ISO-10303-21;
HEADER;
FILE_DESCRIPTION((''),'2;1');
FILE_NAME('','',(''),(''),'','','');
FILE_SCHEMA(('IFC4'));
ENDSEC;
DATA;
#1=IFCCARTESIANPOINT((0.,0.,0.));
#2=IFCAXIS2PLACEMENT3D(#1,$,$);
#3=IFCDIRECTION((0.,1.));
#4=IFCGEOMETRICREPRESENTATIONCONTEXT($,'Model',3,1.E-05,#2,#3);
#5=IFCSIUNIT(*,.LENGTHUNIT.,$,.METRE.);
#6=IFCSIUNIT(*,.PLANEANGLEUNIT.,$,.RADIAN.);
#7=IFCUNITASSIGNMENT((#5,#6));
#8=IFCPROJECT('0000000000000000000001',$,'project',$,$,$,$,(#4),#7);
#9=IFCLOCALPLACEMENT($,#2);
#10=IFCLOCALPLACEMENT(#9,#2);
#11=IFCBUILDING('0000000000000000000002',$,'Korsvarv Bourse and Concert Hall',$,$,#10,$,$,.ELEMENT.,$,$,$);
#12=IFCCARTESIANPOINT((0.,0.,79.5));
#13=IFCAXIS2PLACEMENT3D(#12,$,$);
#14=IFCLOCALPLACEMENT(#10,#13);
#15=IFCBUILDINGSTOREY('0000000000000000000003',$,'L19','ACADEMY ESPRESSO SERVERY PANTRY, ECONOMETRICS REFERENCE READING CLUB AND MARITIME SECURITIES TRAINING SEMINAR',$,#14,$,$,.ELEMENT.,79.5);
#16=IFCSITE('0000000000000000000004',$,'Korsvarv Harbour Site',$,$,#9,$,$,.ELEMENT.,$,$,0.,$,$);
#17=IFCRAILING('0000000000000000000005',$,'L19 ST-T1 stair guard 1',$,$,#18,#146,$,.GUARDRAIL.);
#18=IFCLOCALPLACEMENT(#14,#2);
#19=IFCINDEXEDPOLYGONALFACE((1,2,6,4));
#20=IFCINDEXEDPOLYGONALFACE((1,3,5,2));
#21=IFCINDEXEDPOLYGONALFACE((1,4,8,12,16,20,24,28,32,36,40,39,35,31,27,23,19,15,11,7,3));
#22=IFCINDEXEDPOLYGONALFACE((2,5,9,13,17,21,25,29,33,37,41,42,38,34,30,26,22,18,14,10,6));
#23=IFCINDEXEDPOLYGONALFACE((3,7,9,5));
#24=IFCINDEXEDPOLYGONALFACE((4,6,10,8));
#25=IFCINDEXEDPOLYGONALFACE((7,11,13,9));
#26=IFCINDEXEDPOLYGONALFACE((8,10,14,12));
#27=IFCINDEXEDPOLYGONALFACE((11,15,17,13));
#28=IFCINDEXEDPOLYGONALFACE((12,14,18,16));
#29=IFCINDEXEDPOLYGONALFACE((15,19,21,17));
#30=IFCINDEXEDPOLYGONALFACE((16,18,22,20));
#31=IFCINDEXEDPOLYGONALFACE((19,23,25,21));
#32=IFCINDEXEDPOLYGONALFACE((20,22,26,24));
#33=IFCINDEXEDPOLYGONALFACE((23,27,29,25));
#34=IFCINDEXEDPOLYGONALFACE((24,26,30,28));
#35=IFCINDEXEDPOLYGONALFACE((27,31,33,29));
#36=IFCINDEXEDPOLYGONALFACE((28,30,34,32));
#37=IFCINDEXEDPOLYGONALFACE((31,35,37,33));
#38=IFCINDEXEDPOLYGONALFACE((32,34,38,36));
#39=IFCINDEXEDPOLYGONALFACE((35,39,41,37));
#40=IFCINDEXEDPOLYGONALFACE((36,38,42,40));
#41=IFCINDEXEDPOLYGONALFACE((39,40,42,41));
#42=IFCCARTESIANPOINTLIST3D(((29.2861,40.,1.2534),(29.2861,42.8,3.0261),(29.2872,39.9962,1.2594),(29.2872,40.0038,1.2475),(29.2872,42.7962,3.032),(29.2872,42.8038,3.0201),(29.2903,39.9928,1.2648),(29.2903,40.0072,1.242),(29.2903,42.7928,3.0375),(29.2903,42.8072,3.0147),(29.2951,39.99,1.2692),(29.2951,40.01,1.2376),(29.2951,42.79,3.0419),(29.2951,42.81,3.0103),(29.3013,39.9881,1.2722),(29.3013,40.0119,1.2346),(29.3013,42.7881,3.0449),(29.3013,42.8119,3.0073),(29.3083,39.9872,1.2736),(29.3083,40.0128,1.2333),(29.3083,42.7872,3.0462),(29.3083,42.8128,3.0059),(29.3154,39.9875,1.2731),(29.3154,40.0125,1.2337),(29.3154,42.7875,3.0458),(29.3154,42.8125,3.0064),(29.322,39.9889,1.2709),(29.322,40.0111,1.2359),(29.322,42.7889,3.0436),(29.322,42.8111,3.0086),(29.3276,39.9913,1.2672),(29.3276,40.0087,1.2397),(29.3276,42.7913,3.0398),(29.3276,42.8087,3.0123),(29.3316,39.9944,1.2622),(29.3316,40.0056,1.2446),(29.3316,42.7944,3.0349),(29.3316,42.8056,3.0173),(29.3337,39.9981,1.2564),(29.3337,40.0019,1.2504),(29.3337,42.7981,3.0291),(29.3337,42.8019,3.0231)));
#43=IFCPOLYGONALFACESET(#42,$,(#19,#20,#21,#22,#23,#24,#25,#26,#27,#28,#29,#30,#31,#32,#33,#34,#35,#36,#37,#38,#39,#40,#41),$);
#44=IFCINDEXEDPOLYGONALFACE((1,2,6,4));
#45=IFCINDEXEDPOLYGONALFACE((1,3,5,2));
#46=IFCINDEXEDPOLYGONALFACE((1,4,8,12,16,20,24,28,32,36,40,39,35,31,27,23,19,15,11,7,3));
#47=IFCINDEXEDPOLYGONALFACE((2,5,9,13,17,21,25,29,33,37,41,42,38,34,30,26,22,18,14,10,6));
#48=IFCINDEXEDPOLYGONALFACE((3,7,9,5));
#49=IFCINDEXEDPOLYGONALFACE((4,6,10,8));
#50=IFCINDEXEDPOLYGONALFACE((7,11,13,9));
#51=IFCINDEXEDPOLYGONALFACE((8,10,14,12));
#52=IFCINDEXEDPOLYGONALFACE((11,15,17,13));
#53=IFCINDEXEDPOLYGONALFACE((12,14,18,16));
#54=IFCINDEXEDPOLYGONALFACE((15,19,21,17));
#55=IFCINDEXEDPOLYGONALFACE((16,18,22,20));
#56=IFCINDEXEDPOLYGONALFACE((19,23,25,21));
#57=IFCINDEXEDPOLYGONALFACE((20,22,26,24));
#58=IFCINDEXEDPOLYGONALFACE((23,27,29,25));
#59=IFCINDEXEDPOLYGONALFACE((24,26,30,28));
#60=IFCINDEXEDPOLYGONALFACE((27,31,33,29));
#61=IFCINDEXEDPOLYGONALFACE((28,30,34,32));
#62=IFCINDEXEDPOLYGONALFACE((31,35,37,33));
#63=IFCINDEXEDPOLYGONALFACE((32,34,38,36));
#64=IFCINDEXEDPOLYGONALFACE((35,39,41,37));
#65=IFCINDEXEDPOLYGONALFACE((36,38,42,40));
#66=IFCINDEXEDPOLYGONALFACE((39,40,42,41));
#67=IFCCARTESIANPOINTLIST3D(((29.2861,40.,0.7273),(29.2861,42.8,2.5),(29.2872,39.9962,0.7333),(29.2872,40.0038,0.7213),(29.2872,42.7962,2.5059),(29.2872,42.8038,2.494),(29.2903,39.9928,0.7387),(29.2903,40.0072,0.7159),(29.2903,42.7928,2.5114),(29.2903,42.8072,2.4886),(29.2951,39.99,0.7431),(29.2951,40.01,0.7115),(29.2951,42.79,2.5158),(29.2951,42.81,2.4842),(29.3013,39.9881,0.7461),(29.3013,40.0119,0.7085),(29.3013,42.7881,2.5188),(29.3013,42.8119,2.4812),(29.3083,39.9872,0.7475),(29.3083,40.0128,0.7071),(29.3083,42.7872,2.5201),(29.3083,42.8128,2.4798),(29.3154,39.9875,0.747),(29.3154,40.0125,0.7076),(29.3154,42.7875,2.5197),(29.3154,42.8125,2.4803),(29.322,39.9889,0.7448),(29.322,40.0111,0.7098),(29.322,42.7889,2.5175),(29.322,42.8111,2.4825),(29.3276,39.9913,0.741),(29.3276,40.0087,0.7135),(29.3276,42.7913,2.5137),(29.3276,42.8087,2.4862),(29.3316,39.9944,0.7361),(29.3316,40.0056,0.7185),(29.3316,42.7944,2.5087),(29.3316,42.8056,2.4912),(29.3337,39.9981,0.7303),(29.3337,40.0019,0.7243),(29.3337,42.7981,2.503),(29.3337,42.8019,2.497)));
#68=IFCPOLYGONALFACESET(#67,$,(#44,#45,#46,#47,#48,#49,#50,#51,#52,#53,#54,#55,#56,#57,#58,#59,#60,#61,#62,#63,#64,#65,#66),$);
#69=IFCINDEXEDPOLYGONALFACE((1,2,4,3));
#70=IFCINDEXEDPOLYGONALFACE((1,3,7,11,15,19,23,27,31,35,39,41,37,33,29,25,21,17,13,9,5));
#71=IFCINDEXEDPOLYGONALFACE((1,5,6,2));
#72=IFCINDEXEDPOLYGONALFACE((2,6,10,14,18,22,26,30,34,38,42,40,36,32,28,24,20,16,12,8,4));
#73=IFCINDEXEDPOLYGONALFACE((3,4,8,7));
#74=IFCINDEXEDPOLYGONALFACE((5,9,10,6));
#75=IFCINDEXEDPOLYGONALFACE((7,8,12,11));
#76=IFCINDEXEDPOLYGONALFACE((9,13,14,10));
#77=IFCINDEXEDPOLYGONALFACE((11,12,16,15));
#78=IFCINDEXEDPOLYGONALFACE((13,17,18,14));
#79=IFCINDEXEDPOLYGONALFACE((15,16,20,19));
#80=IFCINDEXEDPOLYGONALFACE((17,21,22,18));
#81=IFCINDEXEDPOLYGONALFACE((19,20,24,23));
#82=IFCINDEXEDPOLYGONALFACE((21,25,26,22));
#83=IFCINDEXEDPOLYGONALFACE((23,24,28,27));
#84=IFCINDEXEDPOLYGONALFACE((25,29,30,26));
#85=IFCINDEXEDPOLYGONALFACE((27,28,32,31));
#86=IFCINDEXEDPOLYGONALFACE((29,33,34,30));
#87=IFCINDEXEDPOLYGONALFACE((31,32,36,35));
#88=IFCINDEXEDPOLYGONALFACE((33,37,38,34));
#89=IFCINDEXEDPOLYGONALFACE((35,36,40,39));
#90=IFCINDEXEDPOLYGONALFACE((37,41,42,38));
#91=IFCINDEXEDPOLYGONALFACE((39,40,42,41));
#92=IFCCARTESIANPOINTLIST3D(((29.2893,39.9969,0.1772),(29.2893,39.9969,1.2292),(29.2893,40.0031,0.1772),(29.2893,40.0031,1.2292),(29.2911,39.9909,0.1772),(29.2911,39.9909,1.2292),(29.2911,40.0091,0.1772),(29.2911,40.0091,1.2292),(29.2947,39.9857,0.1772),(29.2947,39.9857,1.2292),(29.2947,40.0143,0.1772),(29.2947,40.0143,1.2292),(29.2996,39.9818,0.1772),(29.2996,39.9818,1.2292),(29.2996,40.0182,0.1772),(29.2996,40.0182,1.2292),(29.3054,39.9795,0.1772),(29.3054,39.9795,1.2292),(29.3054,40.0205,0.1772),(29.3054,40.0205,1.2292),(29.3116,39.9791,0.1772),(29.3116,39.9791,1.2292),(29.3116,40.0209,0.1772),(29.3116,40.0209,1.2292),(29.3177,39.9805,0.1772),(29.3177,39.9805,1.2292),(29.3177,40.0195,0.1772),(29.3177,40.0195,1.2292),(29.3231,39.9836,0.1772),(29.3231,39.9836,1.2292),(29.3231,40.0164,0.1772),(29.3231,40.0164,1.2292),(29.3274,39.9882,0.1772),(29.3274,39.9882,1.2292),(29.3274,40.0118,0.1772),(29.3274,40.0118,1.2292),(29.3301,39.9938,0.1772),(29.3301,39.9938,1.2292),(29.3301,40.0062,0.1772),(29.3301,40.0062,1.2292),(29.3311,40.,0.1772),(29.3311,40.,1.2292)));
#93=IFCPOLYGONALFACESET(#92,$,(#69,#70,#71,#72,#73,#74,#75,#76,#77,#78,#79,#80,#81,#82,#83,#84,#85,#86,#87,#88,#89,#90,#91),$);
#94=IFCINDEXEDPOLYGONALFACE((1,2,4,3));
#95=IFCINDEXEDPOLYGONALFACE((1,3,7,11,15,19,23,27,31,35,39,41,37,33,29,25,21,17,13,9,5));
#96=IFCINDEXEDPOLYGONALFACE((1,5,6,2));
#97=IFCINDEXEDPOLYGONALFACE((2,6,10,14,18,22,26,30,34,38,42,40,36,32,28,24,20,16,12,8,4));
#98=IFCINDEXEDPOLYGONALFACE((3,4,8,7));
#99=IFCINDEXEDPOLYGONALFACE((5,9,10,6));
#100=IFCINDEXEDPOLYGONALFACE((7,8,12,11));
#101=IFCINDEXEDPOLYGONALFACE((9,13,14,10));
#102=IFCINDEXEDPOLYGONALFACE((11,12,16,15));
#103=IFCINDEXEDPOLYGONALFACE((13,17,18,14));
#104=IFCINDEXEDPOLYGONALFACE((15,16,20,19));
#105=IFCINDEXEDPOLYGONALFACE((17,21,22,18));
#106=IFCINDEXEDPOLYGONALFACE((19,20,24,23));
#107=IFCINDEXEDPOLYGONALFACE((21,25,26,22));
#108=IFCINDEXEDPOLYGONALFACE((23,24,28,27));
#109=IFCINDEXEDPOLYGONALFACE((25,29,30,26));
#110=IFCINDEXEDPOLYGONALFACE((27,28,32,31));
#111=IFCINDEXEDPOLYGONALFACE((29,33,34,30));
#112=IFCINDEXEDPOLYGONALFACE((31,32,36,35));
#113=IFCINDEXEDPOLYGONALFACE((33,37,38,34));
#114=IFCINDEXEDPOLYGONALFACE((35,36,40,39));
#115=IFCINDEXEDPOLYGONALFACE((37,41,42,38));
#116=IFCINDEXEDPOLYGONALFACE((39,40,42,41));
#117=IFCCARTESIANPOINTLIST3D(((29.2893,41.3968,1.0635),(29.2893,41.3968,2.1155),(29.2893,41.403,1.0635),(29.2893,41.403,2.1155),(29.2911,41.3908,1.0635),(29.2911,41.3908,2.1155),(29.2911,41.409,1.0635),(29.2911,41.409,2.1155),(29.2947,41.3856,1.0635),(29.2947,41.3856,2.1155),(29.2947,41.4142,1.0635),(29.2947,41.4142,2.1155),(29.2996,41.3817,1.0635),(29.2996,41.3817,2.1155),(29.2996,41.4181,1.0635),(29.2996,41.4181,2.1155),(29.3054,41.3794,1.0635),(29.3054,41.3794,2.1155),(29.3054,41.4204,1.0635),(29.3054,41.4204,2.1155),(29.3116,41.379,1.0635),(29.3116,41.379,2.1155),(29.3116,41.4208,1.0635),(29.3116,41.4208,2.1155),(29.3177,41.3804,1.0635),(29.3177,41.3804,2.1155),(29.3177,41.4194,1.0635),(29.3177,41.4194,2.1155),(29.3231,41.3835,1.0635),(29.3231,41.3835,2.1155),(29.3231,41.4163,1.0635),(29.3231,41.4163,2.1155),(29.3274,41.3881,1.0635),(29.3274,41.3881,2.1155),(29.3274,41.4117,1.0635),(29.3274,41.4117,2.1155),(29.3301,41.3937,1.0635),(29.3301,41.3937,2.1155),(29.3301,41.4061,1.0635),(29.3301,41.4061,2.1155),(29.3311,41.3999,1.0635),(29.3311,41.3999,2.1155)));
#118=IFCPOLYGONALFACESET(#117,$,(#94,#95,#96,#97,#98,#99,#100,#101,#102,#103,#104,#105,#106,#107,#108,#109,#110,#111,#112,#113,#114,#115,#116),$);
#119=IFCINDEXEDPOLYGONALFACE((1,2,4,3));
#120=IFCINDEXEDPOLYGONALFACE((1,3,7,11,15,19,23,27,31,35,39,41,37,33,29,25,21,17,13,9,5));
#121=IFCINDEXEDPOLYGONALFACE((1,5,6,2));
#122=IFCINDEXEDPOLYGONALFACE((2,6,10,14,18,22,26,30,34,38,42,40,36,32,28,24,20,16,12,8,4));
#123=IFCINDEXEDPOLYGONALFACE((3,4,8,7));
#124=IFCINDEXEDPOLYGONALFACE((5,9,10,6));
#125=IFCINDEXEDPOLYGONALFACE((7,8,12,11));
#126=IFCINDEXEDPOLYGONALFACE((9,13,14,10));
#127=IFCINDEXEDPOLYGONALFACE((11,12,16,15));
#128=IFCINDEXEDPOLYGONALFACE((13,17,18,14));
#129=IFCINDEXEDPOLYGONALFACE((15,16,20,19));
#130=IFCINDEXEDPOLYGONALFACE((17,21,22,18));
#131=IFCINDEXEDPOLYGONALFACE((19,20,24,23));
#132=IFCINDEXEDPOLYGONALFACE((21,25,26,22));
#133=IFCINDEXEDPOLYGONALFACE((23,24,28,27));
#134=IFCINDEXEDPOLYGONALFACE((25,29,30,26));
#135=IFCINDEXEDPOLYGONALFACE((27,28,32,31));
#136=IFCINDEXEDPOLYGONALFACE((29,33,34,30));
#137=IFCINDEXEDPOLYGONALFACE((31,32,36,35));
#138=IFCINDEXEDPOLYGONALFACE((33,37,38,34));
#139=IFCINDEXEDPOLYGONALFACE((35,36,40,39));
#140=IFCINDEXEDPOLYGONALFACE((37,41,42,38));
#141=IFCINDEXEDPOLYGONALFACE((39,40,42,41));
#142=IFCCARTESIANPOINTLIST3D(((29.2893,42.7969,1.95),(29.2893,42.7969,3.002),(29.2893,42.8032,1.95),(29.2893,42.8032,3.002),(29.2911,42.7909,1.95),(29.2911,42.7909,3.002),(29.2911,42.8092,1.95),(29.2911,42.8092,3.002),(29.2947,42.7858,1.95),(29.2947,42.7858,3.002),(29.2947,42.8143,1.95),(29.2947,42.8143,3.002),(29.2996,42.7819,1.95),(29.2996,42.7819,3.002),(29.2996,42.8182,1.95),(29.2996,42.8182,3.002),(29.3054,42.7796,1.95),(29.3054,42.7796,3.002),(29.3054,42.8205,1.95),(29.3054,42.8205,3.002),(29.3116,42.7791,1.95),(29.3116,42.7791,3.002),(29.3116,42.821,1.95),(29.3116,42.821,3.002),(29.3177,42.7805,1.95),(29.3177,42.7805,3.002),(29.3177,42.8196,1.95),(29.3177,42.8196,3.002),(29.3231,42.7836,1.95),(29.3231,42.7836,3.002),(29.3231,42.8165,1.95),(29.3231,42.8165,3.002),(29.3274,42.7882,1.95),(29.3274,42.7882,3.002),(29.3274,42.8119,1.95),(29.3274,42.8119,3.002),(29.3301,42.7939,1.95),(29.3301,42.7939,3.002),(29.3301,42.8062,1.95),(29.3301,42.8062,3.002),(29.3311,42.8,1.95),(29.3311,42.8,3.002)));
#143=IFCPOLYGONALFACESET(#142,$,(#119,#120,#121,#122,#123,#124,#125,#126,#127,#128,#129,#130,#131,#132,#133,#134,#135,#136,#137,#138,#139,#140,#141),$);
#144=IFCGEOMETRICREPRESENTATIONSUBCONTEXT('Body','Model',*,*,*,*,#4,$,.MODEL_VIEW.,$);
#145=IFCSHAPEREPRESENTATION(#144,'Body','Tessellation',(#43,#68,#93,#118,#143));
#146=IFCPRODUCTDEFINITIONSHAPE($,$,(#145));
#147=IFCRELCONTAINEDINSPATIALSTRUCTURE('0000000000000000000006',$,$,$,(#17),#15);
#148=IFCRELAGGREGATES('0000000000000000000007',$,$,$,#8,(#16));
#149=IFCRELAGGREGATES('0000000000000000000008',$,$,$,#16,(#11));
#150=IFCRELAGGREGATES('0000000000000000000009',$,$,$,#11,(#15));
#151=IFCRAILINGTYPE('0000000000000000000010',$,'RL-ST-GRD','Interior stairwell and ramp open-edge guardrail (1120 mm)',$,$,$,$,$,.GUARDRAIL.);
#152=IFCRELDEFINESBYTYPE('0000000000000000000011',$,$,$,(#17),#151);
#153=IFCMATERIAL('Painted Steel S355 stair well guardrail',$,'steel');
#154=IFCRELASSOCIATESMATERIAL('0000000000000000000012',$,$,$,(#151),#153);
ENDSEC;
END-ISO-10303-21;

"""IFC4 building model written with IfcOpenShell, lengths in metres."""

from ifc_helpers import new_model, si_unit, direction, frame, origin, origin_2d, place, context, subcontext, project, spatial, circle, extrude, material, type_object, element, save


model = new_model("IFC4")

# Units and contexts
model_context = context("Model", 3, precision=1e-05, world=origin(), true_north=direction((0.0, 1.0)))
body_context = subcontext(model_context, "Body", "Model", "MODEL_VIEW")
ifc_project = project(units=[si_unit("LENGTHUNIT", "METRE"), si_unit("PLANEANGLEUNIT", "RADIAN")], contexts=[model_context])

# Site, building, storey
site_placement = place(None, origin())
site = spatial("IfcSite", under=ifc_project, at=site_placement, Name="Korsvarv Harbour Site", CompositionType="ELEMENT", RefElevation=0.0)
building_placement = place(site_placement, origin())
building = spatial("IfcBuilding", under=site, at=building_placement, Name="Korsvarv Bourse and Concert Hall", CompositionType="ELEMENT")
storey_placement = place(building_placement, frame((0.0, 0.0, 79.5)))
storey = spatial("IfcBuildingStorey", under=building, at=storey_placement, Name="L19", Description="ACADEMY ESPRESSO SERVERY PANTRY, ECONOMETRICS REFERENCE READING CLUB AND MARITIME SECURITIES TRAINING SEMINAR", CompositionType="ELEMENT", Elevation=79.5)

# Railing
ifc_material_1 = material(Name="Painted Steel S355 stair well guardrail", Category="steel")
railing_type = type_object("IfcRailingType", Name="RL-ST-GRD", Description="Interior stairwell and ramp open-edge guardrail (1120 mm)", PredefinedType="GUARDRAIL", material=ifc_material_1)
railing_1_placement = place(storey_placement, frame((29.3101, 40.0, 0.1772)))
element("IfcRailing", 1, at=railing_1_placement, inside=storey, type_object=railing_type, Name="L19 ST-T1 stair guard 1", PredefinedType="GUARDRAIL", context=body_context, shape_type="SweptSolid", body=[
    extrude(circle(Radius=0.0239, at=origin_2d()), frame((0.0, 0.0, 1.0762), z_axis=(0.0, 0.844909, 0.53491), x_axis=(-1.0, 0.0, 0.0)), (0.0, 0.0, 1.0), 3.314),
    extrude(circle(Radius=0.0239, at=origin_2d()), frame((0.0, 0.0, 0.55), z_axis=(0.0, 0.844909, 0.53491), x_axis=(-1.0, 0.0, 0.0)), (0.0, 0.0, 1.0), 3.314),
    extrude(circle(Radius=0.021, at=origin_2d()), origin(), (0.0, 0.0, 1.0), 1.052),
    extrude(circle(Radius=0.021, at=origin_2d()), frame((0.0, 1.3999, 0.8862)), (0.0, 0.0, 1.0), 1.052),
    extrude(circle(Radius=0.021, at=origin_2d()), frame((0.0, 2.8, 1.7727)), (0.0, 0.0, 1.0), 1.052),
])

save(model, "model.ifc")
